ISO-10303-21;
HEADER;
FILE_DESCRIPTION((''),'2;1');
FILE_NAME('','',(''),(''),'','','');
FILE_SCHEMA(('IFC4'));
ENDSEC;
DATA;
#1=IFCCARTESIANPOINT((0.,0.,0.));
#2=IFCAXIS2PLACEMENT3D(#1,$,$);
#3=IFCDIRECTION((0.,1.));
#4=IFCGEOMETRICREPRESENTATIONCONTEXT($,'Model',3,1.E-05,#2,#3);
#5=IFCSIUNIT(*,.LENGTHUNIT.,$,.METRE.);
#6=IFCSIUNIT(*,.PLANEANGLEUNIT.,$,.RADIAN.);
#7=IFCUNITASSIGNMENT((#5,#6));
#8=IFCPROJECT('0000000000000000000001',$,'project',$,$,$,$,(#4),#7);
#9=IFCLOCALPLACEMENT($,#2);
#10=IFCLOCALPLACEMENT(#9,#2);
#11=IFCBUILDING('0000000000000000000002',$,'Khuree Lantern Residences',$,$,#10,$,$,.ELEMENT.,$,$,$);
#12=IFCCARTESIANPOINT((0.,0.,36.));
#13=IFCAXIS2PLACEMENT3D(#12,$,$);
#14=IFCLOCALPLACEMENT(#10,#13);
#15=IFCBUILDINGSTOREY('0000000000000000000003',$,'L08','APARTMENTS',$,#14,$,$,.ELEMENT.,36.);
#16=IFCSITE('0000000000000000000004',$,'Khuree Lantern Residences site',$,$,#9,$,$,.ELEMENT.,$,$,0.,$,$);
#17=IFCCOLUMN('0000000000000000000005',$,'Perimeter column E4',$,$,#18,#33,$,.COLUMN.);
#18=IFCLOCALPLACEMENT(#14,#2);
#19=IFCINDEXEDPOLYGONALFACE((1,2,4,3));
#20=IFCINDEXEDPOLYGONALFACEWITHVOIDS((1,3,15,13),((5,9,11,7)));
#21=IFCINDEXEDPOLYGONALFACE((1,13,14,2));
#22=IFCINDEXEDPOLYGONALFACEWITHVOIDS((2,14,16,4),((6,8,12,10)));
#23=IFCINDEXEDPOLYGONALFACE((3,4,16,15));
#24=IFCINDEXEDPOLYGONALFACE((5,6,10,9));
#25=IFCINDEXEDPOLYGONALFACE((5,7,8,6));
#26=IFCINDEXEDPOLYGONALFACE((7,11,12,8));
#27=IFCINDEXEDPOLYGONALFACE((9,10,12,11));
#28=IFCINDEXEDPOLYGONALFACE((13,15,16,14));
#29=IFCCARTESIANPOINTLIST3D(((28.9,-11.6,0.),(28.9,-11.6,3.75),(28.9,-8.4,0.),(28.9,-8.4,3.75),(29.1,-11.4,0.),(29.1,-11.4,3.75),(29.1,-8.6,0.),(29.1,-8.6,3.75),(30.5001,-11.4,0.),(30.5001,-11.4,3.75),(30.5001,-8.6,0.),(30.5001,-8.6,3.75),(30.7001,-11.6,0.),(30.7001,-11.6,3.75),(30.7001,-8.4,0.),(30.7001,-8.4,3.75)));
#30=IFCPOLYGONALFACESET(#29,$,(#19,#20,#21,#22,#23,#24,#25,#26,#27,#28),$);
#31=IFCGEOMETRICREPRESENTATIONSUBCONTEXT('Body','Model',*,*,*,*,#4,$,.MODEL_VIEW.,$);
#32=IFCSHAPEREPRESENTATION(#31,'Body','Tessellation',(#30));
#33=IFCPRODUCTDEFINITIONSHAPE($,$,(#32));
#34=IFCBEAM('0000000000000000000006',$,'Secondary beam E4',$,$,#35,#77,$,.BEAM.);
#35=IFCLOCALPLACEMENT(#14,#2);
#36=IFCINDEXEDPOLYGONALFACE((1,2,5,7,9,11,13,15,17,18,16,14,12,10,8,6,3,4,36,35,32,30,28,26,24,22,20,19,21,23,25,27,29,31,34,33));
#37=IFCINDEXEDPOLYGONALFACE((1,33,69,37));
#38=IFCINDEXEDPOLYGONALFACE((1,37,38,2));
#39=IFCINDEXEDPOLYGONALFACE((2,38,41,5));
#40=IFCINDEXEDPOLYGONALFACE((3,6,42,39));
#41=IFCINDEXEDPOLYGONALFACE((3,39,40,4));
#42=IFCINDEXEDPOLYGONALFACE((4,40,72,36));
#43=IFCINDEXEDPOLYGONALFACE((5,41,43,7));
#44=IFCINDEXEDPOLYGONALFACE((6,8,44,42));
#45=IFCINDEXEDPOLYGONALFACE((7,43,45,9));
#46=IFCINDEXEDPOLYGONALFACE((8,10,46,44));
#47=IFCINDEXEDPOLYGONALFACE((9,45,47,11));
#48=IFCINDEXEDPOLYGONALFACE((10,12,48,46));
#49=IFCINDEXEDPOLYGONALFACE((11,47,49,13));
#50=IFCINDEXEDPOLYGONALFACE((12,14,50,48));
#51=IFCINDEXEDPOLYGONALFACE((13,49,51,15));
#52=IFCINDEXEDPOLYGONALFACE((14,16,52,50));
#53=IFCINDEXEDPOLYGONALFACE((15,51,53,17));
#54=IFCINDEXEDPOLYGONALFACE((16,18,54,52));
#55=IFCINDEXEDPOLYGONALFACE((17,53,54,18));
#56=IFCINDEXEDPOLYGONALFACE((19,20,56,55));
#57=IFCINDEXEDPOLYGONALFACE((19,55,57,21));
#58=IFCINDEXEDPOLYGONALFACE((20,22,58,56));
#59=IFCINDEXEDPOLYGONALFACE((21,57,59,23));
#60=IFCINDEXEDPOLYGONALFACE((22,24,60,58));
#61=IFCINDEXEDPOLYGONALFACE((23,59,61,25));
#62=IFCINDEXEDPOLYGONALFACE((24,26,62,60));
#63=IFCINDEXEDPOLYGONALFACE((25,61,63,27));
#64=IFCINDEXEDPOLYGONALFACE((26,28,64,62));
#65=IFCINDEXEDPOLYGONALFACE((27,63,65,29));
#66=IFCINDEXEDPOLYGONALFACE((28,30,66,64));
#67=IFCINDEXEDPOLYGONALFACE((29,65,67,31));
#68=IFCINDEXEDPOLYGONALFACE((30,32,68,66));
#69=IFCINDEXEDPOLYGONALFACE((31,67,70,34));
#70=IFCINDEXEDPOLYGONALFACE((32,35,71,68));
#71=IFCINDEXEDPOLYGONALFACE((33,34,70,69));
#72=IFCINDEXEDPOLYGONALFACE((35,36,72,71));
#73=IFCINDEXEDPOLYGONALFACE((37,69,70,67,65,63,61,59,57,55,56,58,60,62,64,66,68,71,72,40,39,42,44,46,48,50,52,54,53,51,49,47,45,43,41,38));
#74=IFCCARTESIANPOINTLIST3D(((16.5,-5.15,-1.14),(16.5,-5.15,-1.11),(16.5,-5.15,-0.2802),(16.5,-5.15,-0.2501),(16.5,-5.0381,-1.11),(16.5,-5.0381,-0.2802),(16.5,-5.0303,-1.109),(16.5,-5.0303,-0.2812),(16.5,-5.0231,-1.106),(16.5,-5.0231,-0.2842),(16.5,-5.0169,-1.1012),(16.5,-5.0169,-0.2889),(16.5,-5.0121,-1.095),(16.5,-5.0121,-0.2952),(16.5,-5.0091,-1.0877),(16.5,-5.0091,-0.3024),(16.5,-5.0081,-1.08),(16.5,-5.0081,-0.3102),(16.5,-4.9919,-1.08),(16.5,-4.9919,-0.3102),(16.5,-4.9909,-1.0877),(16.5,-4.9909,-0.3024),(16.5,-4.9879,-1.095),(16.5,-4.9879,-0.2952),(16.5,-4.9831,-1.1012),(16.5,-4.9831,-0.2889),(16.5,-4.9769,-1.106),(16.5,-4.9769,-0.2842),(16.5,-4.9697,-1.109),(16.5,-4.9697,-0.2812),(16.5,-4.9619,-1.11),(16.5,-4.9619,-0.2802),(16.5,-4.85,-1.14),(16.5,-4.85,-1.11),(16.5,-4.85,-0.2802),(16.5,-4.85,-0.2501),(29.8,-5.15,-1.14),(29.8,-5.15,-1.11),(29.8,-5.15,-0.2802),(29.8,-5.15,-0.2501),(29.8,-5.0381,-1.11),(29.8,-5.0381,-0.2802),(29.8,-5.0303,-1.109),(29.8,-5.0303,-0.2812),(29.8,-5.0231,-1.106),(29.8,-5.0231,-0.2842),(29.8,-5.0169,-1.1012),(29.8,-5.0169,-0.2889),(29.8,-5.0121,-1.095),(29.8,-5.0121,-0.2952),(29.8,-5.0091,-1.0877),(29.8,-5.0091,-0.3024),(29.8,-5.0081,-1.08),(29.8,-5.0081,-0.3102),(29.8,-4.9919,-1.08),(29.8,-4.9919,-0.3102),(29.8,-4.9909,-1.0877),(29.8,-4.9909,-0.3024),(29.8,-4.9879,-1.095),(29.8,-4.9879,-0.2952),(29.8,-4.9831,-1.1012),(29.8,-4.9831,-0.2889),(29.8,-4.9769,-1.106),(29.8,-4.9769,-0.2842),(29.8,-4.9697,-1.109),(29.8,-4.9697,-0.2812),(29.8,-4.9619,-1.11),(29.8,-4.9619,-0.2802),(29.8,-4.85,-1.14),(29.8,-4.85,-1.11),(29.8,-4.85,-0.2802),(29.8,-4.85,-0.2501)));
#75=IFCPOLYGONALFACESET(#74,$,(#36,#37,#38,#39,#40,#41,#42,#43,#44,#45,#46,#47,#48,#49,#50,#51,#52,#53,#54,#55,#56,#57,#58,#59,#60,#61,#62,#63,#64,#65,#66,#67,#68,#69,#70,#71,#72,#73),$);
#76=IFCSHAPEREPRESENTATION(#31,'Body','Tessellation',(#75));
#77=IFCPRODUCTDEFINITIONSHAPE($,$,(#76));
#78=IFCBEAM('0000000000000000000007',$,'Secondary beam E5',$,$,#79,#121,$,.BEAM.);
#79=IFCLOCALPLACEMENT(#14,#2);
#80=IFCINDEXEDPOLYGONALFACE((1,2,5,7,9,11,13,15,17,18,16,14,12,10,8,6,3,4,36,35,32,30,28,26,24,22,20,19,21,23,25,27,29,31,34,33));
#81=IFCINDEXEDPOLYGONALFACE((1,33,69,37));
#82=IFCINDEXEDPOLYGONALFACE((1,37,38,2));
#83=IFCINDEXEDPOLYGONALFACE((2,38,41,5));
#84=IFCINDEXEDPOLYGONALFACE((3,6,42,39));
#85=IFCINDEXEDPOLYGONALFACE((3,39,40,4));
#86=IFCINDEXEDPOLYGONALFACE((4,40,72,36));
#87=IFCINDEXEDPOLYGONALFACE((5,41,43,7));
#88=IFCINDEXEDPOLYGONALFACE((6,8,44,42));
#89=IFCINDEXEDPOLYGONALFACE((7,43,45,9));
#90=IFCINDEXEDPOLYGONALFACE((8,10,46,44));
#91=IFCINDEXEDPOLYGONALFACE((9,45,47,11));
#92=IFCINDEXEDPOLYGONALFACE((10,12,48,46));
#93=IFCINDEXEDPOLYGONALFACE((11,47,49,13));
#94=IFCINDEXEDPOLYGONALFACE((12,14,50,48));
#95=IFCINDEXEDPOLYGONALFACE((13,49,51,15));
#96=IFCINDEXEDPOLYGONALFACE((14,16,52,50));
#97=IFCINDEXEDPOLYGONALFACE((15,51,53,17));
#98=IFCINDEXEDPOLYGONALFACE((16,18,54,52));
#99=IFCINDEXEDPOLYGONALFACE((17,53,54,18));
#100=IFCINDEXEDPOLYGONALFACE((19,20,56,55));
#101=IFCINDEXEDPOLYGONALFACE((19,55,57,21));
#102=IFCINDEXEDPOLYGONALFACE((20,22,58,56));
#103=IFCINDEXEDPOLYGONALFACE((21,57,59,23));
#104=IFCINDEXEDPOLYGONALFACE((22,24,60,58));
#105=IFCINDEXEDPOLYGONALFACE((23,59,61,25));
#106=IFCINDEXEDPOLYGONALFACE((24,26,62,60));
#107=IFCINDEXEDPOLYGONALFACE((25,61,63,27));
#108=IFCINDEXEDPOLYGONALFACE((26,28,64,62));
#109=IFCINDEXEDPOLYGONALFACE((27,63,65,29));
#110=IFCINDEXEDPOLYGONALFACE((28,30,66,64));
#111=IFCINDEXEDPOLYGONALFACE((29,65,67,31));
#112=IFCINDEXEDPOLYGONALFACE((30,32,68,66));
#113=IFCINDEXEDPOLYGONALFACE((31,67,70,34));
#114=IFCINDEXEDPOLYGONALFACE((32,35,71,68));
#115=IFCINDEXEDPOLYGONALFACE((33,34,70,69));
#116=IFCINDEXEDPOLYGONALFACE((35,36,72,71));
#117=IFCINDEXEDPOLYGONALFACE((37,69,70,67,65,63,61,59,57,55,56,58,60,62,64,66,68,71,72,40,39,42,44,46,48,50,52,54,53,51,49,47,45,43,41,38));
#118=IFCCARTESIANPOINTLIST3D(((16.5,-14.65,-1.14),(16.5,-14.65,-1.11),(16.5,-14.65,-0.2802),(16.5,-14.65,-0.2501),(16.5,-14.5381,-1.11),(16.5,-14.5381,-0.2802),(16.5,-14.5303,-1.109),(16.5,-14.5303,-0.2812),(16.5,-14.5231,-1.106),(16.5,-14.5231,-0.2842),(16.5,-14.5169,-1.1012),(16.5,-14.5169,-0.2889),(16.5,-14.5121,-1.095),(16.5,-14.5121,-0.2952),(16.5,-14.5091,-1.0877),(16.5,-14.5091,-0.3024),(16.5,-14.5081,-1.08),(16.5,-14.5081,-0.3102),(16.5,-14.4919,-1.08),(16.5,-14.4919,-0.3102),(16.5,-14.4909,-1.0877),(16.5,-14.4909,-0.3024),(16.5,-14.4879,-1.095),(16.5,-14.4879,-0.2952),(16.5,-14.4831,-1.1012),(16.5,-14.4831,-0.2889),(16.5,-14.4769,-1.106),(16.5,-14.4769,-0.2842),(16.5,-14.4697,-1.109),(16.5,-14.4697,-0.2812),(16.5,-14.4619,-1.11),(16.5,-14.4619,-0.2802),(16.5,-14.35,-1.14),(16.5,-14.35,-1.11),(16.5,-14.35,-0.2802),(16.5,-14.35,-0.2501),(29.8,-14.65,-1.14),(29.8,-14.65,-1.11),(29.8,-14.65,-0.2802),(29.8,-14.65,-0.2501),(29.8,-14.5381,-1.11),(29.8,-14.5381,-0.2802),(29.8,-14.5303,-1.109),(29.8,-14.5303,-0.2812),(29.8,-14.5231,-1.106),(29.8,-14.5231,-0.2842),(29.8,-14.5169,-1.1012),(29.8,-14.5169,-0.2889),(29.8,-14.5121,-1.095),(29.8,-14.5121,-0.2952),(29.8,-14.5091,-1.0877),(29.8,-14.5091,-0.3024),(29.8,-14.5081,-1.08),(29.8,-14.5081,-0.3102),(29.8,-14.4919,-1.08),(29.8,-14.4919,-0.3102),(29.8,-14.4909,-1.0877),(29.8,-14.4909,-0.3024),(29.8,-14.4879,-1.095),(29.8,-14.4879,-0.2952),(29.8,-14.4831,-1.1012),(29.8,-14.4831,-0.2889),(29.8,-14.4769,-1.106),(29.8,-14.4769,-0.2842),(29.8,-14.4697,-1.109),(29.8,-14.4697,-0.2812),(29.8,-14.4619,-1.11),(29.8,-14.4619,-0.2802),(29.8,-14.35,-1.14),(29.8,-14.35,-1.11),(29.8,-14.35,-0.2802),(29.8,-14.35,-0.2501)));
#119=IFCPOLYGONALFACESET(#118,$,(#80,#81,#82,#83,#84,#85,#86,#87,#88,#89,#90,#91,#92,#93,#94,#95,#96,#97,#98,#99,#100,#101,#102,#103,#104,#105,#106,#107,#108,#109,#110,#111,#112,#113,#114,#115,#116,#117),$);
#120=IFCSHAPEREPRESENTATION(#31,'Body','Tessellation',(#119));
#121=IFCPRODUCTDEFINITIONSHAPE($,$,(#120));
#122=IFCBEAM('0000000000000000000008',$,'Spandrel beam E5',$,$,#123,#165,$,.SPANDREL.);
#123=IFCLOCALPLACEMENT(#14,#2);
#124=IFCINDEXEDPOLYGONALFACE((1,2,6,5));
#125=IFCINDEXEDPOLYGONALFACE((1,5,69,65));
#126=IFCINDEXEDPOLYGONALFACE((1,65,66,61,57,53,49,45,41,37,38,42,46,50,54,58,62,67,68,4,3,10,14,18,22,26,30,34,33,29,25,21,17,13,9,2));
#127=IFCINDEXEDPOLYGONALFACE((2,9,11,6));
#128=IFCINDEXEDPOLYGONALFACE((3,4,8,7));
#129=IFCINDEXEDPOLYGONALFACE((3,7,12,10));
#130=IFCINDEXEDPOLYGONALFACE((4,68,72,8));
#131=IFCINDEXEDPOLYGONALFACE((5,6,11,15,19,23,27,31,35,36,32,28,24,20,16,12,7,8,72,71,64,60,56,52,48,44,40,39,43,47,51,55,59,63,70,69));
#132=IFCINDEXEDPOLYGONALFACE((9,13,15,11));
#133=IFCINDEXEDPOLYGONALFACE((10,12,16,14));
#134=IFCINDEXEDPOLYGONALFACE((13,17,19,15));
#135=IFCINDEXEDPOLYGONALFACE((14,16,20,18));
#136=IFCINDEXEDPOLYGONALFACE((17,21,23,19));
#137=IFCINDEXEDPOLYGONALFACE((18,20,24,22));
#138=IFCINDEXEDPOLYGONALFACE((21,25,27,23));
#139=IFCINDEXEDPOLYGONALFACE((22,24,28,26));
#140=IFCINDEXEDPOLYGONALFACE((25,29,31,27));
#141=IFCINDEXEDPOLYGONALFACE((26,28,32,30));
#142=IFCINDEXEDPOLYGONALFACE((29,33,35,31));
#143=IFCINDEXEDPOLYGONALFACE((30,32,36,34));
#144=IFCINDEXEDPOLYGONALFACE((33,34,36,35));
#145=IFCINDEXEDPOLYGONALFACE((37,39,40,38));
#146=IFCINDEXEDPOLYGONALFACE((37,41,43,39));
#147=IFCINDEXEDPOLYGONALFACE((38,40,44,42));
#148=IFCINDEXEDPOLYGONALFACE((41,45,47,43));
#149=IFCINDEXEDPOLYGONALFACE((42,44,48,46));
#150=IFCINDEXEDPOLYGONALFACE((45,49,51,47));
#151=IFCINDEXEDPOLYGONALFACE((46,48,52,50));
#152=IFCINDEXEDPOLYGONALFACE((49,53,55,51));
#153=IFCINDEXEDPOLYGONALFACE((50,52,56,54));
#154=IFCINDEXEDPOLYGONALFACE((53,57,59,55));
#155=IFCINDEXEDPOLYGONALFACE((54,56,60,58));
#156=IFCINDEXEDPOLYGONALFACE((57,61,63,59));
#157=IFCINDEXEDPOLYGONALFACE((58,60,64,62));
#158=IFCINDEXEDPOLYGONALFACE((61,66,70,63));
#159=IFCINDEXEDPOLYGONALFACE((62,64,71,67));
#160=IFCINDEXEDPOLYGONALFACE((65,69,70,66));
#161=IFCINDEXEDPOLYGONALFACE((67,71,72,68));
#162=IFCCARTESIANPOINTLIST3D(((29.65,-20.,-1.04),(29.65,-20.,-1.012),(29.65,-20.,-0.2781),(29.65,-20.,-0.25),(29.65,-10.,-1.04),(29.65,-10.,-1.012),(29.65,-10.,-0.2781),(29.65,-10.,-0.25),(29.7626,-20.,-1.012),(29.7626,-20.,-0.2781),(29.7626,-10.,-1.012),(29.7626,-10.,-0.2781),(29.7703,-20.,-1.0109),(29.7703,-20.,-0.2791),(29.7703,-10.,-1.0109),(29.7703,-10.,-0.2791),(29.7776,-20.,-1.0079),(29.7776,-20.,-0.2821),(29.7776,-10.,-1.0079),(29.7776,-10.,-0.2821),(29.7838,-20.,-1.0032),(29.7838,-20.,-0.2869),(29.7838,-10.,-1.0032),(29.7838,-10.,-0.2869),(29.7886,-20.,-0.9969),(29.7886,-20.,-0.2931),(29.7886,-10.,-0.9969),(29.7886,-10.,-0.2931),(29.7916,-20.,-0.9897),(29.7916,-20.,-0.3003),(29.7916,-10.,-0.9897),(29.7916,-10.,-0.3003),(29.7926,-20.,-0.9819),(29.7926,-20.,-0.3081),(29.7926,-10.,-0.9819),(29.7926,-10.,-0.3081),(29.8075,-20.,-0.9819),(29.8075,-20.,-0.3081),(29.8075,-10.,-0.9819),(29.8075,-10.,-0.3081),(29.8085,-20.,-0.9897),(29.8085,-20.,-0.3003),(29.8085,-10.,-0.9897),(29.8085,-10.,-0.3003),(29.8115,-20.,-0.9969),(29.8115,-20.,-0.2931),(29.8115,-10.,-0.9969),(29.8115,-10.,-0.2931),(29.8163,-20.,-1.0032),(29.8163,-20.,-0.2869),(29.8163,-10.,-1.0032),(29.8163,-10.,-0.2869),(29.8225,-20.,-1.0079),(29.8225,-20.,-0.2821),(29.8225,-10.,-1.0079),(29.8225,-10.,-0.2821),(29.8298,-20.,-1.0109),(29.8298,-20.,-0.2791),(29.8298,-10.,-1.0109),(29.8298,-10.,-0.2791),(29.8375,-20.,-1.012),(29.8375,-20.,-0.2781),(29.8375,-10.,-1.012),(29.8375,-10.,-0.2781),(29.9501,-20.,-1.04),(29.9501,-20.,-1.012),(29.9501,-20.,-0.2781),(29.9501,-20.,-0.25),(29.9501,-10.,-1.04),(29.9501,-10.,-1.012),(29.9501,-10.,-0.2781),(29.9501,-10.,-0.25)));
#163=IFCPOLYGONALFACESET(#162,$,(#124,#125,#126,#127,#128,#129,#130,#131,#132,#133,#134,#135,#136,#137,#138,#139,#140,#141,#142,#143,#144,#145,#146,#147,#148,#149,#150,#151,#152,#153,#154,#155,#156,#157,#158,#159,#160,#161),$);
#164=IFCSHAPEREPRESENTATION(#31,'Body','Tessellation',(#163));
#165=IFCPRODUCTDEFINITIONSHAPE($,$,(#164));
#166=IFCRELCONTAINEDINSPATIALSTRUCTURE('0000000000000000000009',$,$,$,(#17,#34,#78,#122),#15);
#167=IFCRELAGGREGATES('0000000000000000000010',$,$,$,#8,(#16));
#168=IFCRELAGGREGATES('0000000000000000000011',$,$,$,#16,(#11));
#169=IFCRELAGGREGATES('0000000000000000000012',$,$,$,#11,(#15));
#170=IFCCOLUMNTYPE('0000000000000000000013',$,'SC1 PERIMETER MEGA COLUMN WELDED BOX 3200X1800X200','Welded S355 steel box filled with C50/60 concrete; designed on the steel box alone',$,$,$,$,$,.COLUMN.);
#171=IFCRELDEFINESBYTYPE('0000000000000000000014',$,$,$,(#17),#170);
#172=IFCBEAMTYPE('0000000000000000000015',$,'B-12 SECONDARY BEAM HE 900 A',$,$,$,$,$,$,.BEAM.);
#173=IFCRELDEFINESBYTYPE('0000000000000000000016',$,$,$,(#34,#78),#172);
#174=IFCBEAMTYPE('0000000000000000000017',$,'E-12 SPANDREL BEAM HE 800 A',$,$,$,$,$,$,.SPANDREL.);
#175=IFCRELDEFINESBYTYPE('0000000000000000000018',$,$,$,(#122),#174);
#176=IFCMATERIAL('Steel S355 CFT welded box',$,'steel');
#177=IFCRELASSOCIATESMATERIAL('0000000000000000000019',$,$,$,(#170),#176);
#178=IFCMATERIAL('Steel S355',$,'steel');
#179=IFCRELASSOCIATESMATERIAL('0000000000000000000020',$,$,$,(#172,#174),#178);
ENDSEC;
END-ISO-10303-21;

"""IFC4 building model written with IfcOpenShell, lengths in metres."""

from ifc_helpers import new_model, si_unit, direction, frame, origin, origin_2d, place, context, subcontext, project, spatial, hollow_rectangle, i_section, extrude, material, material_profile, profile_set, type_object, element, save


model = new_model("IFC4")

# Units and contexts
model_context = context("Model", 3, precision=1e-05, world=origin(), true_north=direction((0.0, 1.0)))
body_context = subcontext(model_context, "Body", "Model", "MODEL_VIEW")
ifc_project = project(units=[si_unit("LENGTHUNIT", "METRE"), si_unit("PLANEANGLEUNIT", "RADIAN")], contexts=[model_context])

# Site, building, storey
site_placement = place(None, origin())
site = spatial("IfcSite", under=ifc_project, at=site_placement, Name="Khuree Lantern Residences site", CompositionType="ELEMENT", RefElevation=0.0)
building_placement = place(site_placement, origin())
building = spatial("IfcBuilding", under=site, at=building_placement, Name="Khuree Lantern Residences", CompositionType="ELEMENT")
storey_placement = place(building_placement, frame((0.0, 0.0, 36.0)))
storey = spatial("IfcBuildingStorey", under=building, at=storey_placement, Name="L08", Description="APARTMENTS", CompositionType="ELEMENT", Elevation=36.0)

# Column
ifc_material_1 = material(Name="Steel S355 CFT welded box", Category="steel")
ifc_material_profile_1 = material_profile(ifc_material_1, hollow_rectangle(XDim=3.2, YDim=1.8, WallThickness=0.2, at=origin_2d()), Name="WELDED BOX 3200X1800X200")
ifc_profile_set_1 = profile_set([ifc_material_profile_1], Name="Steel S355 CFT welded box")
column_type = type_object("IfcColumnType", Name="SC1 PERIMETER MEGA COLUMN WELDED BOX 3200X1800X200", Description="Welded S355 steel box filled with C50/60 concrete; designed on the steel box alone", PredefinedType="COLUMN", material=ifc_profile_set_1)
column_placement = place(storey_placement, frame((29.8, -10.0, 0.0), z_axis=(0.0, 0.0, 1.0), x_axis=(0.0, 1.0, 0.0)))
element("IfcColumn", 1, at=column_placement, inside=storey, type_object=column_type, Name="Perimeter column E4", PredefinedType="COLUMN", context=body_context, shape_type="SweptSolid", body=[
    extrude(hollow_rectangle(XDim=3.2, YDim=1.8, WallThickness=0.2, at=origin_2d()), origin(), (0.0, 0.0, 1.0), 3.75),
])

# Beams
ifc_material_2 = material(Name="Steel S355", Category="steel")
ifc_material_profile_2 = material_profile(ifc_material_2, i_section(OverallWidth=0.3, OverallDepth=0.8899, WebThickness=0.0161, FlangeThickness=0.03, FilletRadius=0.03, at=origin_2d()), Name="HE 900 A")
ifc_profile_set_2 = profile_set([ifc_material_profile_2], Name="Steel S355")
beam_type_1 = type_object("IfcBeamType", Name="B-12 SECONDARY BEAM HE 900 A", PredefinedType="BEAM", material=ifc_profile_set_2)
for number, where, z_axis, x_axis, name in (
    (2, (29.8, -5.0, -0.6951), (-1.0, 0.0, 0.0), (0.0, -1.0, 0.0), "Secondary beam E4"),
    (3, (29.8, -14.5, -0.6951), (-1.0, 0.0, 0.0), (0.0, -1.0, 0.0), "Secondary beam E5"),
):
    element("IfcBeam", number, at=place(storey_placement, frame(where, z_axis=z_axis, x_axis=x_axis)), inside=storey, type_object=beam_type_1, Name=name, PredefinedType="BEAM", context=body_context, shape_type="SweptSolid", body=[
        extrude(i_section(OverallWidth=0.3, OverallDepth=0.8899, WebThickness=0.0161, FlangeThickness=0.03, FilletRadius=0.03, at=origin_2d()), origin(), (0.0, 0.0, 1.0), 13.3),
    ])
ifc_material_profile_3 = material_profile(ifc_material_2, i_section(OverallWidth=0.3, OverallDepth=0.79, WebThickness=0.0149, FlangeThickness=0.0281, FilletRadius=0.03, at=origin_2d()), Name="HE 800 A")
ifc_profile_set_3 = profile_set([ifc_material_profile_3], Name="Steel S355")
beam_type_2 = type_object("IfcBeamType", Name="E-12 SPANDREL BEAM HE 800 A", PredefinedType="SPANDREL", material=ifc_profile_set_3)
beam_1_placement = place(storey_placement, frame((29.8, -10.0, -0.645), z_axis=(0.0, -1.0, 0.0), x_axis=(1.0, 0.0, 0.0)))
element("IfcBeam", 4, at=beam_1_placement, inside=storey, type_object=beam_type_2, Name="Spandrel beam E5", PredefinedType="SPANDREL", context=body_context, shape_type="SweptSolid", body=[
    extrude(i_section(OverallWidth=0.3, OverallDepth=0.79, WebThickness=0.0149, FlangeThickness=0.0281, FilletRadius=0.03, at=origin_2d()), origin(), (0.0, 0.0, 1.0), 10.0),
])

save(model, "model.ifc")
